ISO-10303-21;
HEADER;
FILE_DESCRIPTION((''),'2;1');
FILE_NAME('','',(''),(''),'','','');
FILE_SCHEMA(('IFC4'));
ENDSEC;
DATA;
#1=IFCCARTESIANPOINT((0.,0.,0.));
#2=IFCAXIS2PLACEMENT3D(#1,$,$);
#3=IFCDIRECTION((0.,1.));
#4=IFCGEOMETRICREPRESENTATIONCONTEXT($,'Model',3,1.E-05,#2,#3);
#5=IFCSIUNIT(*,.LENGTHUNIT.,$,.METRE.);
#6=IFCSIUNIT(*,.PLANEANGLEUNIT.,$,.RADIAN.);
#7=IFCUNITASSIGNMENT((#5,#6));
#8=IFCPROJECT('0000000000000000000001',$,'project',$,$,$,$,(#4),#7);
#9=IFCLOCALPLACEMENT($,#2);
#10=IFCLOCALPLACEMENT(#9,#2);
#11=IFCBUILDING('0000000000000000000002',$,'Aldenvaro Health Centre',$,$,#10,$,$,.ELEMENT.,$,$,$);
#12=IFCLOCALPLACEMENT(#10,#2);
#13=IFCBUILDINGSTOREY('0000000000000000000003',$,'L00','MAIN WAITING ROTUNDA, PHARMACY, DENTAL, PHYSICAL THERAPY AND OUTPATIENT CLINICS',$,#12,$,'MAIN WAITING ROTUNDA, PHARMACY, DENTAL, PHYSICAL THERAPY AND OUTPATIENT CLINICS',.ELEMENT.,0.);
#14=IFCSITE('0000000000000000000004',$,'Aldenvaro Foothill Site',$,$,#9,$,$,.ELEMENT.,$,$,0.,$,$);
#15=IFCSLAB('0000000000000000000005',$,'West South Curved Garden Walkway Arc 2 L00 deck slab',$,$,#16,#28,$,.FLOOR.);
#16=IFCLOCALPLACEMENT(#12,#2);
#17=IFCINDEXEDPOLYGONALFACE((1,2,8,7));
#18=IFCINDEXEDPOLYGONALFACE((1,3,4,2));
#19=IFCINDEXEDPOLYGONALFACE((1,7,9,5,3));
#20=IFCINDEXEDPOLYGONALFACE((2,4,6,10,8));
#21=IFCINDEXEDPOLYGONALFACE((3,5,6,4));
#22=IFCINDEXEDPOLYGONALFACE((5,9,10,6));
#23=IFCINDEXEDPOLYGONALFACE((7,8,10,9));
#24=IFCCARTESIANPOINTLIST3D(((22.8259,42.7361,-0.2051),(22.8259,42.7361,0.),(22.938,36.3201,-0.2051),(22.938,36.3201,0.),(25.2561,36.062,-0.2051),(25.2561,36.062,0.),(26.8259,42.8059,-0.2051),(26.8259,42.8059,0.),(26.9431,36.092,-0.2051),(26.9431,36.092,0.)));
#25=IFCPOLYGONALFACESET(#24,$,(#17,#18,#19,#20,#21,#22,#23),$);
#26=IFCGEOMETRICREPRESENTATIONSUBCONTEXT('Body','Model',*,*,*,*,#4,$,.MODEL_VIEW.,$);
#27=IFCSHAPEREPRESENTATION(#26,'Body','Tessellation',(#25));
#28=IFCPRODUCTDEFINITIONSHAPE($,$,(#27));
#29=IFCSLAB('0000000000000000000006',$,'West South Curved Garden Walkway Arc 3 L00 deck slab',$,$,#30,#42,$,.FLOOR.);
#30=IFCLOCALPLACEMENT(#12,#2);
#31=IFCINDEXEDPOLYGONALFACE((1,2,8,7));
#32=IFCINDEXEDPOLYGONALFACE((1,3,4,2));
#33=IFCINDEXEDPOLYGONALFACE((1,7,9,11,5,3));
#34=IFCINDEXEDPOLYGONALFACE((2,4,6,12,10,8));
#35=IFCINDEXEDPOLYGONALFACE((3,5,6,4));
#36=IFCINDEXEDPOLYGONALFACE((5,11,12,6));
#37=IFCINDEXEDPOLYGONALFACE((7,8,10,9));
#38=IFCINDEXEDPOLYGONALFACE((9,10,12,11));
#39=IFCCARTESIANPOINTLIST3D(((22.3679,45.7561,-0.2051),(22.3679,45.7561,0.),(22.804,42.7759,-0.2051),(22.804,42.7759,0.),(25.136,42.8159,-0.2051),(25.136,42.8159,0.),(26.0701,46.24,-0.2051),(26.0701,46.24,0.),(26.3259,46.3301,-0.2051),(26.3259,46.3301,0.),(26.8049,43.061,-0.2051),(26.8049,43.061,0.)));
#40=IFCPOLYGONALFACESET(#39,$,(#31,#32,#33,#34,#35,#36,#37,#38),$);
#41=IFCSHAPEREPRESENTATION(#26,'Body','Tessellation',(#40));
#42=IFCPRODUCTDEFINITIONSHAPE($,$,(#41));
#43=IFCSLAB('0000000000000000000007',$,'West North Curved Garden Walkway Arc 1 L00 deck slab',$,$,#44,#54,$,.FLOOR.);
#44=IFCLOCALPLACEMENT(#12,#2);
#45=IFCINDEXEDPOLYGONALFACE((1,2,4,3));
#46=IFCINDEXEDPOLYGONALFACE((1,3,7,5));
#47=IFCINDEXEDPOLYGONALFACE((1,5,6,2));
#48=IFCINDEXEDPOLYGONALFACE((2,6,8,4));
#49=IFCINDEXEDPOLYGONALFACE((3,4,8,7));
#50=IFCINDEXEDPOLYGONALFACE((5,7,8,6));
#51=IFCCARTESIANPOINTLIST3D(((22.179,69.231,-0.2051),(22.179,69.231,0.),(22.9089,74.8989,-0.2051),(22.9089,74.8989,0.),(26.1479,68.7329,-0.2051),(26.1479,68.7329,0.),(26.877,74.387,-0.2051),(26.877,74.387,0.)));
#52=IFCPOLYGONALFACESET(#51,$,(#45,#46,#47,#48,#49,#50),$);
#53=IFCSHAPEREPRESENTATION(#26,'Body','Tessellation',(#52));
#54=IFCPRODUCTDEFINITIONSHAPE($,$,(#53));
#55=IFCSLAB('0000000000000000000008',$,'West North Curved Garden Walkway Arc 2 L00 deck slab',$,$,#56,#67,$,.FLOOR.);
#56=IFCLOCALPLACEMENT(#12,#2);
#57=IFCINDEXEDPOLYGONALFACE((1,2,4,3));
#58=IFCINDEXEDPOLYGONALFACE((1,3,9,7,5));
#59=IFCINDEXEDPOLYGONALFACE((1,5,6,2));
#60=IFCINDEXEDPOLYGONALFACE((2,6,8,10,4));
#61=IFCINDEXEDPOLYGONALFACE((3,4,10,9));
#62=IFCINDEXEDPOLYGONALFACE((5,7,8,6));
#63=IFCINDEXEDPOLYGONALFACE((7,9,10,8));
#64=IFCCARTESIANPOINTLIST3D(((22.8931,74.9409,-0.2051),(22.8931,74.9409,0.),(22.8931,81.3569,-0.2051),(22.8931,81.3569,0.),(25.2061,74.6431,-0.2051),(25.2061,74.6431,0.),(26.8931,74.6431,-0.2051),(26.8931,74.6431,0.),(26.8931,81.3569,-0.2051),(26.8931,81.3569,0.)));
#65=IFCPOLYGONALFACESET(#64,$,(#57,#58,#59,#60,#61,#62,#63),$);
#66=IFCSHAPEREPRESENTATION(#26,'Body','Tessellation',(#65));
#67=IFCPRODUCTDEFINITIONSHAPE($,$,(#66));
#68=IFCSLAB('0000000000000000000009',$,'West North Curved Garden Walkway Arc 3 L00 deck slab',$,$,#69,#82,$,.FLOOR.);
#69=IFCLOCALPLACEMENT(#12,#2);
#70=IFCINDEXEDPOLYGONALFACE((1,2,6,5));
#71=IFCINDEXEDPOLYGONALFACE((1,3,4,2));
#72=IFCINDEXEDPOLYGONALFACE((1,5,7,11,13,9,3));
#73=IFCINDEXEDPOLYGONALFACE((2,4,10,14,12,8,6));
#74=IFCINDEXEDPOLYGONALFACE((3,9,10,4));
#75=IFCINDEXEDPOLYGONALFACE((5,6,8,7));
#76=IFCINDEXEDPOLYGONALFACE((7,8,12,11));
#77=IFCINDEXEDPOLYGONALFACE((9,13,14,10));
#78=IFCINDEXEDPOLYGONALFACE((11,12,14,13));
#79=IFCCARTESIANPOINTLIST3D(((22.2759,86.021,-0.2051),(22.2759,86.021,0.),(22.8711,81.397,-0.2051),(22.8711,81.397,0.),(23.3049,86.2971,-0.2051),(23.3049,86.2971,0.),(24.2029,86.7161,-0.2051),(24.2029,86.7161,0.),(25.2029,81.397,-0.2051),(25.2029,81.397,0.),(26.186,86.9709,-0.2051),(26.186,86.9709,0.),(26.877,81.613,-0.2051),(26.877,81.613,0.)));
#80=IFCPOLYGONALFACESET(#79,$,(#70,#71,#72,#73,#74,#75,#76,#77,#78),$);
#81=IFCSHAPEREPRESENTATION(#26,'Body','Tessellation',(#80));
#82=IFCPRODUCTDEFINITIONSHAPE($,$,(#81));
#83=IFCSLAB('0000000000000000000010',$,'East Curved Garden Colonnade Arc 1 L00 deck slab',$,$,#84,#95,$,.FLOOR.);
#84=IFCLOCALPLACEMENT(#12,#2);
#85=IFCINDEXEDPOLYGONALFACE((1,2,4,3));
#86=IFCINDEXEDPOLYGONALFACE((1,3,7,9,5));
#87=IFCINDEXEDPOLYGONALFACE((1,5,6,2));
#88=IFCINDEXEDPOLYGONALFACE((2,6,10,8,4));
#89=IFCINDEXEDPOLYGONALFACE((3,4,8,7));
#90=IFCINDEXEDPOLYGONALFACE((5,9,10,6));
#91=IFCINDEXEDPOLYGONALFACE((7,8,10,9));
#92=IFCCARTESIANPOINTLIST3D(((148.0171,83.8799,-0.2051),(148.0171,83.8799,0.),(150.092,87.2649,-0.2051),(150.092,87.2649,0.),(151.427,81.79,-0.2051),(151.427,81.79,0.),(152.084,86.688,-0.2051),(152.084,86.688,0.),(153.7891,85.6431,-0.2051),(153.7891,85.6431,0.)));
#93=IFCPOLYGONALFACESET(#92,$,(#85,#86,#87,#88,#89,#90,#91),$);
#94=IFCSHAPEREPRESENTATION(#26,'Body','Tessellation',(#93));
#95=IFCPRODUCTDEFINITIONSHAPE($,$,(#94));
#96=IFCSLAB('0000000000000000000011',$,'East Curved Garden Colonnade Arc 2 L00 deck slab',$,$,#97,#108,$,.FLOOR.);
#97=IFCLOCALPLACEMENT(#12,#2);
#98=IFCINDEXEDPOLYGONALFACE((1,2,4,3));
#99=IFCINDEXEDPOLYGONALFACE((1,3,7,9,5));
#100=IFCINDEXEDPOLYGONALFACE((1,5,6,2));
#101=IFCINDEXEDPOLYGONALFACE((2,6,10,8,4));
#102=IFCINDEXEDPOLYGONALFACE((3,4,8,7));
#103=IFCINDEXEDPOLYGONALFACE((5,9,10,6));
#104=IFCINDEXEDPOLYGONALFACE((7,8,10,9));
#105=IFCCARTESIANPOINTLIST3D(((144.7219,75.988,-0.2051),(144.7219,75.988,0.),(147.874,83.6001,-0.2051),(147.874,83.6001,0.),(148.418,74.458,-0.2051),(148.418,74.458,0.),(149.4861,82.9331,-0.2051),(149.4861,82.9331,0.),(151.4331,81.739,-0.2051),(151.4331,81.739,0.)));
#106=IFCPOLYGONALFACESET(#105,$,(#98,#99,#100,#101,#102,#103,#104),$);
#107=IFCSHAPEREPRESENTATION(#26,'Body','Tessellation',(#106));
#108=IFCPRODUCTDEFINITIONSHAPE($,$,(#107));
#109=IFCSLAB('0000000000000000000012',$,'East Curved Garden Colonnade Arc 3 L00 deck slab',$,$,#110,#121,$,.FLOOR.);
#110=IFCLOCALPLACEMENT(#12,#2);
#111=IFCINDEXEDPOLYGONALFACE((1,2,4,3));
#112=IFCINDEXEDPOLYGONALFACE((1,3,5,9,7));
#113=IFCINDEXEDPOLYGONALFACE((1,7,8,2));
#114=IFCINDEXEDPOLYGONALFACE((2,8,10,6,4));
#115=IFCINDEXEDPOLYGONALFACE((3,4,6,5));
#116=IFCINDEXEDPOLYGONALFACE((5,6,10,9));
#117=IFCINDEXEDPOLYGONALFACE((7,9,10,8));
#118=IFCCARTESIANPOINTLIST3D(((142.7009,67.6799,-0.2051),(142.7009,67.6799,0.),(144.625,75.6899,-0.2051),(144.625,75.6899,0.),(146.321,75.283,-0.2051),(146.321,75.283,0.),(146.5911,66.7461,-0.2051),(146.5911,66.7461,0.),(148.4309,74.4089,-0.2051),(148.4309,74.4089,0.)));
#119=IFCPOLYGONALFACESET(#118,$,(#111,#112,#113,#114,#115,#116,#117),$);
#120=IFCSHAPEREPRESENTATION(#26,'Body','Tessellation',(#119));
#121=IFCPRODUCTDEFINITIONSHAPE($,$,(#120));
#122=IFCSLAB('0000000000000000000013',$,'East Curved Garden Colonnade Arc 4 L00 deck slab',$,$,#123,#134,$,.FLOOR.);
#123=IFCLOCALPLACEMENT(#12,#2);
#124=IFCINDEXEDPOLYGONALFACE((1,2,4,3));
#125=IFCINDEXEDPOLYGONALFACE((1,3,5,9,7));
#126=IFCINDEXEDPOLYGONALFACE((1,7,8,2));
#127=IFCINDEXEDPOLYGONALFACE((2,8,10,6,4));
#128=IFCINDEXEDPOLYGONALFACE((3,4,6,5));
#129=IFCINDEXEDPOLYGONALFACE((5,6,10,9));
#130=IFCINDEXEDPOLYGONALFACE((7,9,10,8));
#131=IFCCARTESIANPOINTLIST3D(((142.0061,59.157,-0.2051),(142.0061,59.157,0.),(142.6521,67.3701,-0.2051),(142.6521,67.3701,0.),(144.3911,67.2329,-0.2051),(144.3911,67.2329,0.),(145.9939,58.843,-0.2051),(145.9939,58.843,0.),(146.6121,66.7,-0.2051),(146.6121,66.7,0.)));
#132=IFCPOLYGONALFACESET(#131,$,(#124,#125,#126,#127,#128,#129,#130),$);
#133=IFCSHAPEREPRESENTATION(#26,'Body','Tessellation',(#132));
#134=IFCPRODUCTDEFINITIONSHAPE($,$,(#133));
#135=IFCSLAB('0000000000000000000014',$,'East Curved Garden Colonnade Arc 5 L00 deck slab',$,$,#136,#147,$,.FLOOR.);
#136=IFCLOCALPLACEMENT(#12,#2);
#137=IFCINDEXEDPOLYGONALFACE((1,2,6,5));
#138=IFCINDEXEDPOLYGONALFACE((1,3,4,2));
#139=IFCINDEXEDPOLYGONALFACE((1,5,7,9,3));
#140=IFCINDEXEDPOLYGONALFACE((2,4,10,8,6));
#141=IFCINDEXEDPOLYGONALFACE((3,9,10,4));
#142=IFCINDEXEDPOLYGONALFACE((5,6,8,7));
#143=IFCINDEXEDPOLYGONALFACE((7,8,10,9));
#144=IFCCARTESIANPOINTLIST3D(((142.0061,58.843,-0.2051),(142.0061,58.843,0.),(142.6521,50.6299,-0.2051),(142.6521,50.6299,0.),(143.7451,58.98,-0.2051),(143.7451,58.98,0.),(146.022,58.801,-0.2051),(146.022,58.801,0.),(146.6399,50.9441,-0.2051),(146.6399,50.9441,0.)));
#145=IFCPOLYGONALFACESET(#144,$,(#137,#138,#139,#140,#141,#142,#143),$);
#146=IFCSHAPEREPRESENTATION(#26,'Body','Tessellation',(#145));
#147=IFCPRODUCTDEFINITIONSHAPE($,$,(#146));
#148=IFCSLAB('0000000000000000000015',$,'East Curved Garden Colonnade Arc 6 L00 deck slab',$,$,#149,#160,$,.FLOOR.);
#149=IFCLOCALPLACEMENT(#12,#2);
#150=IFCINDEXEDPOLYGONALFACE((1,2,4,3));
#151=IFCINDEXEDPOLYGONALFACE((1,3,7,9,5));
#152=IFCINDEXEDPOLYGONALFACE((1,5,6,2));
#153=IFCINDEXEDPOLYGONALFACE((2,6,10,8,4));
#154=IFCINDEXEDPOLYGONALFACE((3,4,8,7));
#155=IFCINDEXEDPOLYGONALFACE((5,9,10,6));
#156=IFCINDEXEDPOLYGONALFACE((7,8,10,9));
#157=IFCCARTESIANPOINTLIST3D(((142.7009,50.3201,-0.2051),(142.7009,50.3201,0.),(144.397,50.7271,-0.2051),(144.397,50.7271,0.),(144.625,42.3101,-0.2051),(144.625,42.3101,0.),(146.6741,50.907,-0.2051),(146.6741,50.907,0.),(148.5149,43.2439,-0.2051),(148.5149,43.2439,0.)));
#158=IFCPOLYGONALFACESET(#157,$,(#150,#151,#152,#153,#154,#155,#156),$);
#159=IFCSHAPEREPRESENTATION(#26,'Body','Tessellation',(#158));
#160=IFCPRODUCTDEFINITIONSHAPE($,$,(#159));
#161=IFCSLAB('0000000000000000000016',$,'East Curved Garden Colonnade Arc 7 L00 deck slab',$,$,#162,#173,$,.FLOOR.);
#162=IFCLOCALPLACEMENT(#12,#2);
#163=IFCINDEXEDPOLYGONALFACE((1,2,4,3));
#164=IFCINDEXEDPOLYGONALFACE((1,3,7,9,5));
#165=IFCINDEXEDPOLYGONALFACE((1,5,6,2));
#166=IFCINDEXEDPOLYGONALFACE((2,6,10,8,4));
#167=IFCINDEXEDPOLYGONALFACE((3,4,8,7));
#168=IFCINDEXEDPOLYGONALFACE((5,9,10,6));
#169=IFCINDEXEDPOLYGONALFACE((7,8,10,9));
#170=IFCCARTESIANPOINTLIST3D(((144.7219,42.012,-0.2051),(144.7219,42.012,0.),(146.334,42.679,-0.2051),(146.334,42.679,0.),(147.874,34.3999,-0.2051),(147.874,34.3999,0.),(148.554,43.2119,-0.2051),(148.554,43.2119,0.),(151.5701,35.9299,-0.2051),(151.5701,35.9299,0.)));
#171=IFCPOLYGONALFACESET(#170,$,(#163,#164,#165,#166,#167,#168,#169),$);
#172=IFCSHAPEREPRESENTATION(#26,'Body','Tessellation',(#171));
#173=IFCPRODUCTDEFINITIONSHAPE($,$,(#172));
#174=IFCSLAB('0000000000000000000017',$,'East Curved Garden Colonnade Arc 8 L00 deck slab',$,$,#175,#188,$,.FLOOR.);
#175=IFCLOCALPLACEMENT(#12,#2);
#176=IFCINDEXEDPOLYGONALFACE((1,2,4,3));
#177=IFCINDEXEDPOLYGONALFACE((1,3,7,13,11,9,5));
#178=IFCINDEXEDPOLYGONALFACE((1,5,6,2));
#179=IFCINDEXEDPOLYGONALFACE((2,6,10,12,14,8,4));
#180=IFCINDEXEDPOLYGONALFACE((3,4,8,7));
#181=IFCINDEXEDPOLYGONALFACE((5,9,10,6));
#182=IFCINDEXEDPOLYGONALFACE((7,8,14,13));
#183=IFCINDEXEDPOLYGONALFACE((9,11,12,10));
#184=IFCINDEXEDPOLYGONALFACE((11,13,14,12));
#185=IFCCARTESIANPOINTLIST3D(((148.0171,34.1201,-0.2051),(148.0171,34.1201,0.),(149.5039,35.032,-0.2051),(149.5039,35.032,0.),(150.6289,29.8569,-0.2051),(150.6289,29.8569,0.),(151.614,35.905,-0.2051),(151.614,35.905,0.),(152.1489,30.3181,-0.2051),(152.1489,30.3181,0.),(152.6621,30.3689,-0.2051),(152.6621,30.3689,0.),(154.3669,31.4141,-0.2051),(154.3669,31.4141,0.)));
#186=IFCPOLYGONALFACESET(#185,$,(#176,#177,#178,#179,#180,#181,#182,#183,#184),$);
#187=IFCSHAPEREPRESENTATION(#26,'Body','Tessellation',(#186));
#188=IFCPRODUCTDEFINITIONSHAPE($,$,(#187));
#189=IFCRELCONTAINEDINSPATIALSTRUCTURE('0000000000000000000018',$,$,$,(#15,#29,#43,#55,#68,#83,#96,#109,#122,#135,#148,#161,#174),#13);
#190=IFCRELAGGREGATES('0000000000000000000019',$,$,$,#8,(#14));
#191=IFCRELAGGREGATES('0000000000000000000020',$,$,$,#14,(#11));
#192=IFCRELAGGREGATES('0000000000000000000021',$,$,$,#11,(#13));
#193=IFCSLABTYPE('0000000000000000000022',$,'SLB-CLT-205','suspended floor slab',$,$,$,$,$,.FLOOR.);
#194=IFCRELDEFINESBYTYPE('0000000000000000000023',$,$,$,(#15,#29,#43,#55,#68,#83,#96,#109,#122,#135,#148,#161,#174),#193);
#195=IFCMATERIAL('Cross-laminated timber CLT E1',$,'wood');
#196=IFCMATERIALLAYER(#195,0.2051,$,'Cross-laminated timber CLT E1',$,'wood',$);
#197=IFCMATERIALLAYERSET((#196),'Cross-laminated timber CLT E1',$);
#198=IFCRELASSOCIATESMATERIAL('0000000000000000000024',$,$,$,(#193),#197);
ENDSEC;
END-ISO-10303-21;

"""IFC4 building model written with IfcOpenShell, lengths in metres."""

from ifc_helpers import new_model, si_unit, direction, frame, origin, place, context, subcontext, project, spatial, polyline, outline, extrude, material, layer, layer_set, type_object, element, save


model = new_model("IFC4")

# Units and contexts
model_context = context("Model", 3, precision=1e-05, world=origin(), true_north=direction((0.0, 1.0)))
body_context = subcontext(model_context, "Body", "Model", "MODEL_VIEW")
ifc_project = project(units=[si_unit("LENGTHUNIT", "METRE"), si_unit("PLANEANGLEUNIT", "RADIAN")], contexts=[model_context])

# Site, building, storey
site_placement = place(None, origin())
site = spatial("IfcSite", under=ifc_project, at=site_placement, Name="Aldenvaro Foothill Site", CompositionType="ELEMENT", RefElevation=0.0)
building_placement = place(site_placement, origin())
building = spatial("IfcBuilding", under=site, at=building_placement, Name="Aldenvaro Health Centre", CompositionType="ELEMENT")
storey_placement = place(building_placement, origin())
storey = spatial("IfcBuildingStorey", under=building, at=storey_placement, Name="L00", Description="MAIN WAITING ROTUNDA, PHARMACY, DENTAL, PHYSICAL THERAPY AND OUTPATIENT CLINICS", LongName="MAIN WAITING ROTUNDA, PHARMACY, DENTAL, PHYSICAL THERAPY AND OUTPATIENT CLINICS", CompositionType="ELEMENT", Elevation=0.0)

# Slabs
ifc_material_1 = material(Name="Cross-laminated timber CLT E1", Category="wood")
ifc_layer_1 = layer(ifc_material_1, 0.2051, Name="Cross-laminated timber CLT E1", Category="wood")
ifc_layer_set_1 = layer_set([ifc_layer_1], Name="Cross-laminated timber CLT E1")
slab_type = type_object("IfcSlabType", Name="SLB-CLT-205", Description="suspended floor slab", PredefinedType="FLOOR", material=ifc_layer_set_1)
slab_1_placement = place(storey_placement, frame((0.0, 0.0, -0.2051)))
element("IfcSlab", 1, at=slab_1_placement, inside=storey, type_object=slab_type, Name="West South Curved Garden Walkway Arc 2 L00 deck slab", PredefinedType="FLOOR", context=body_context, shape_type="SweptSolid", body=[
    extrude(outline(polyline([(22.8259, 42.7361), (26.8259, 42.8059), (26.9431, 36.092), (25.2561, 36.062), (22.938, 36.3201), (22.8259, 42.7361)])), origin(), (0.0, 0.0, 1.0), 0.2051),
])
slab_2_placement = place(storey_placement, frame((0.0, 0.0, -0.2051)))
element("IfcSlab", 2, at=slab_2_placement, inside=storey, type_object=slab_type, Name="West South Curved Garden Walkway Arc 3 L00 deck slab", PredefinedType="FLOOR", context=body_context, shape_type="SweptSolid", body=[
    extrude(outline(polyline([(26.8049, 43.061), (25.136, 42.8159), (22.804, 42.7759), (22.3679, 45.7561), (26.0701, 46.24), (26.3259, 46.3301), (26.8049, 43.061)])), origin(), (0.0, 0.0, 1.0), 0.2051),
])
slab_3_placement = place(storey_placement, frame((0.0, 0.0, -0.2051)))
element("IfcSlab", 3, at=slab_3_placement, inside=storey, type_object=slab_type, Name="West North Curved Garden Walkway Arc 1 L00 deck slab", PredefinedType="FLOOR", context=body_context, shape_type="SweptSolid", body=[
    extrude(outline(polyline([(22.179, 69.231), (22.9089, 74.8989), (26.877, 74.387), (26.1479, 68.7329), (22.179, 69.231)])), origin(), (0.0, 0.0, 1.0), 0.2051),
])
slab_4_placement = place(storey_placement, frame((0.0, 0.0, -0.2051)))
element("IfcSlab", 4, at=slab_4_placement, inside=storey, type_object=slab_type, Name="West North Curved Garden Walkway Arc 2 L00 deck slab", PredefinedType="FLOOR", context=body_context, shape_type="SweptSolid", body=[
    extrude(outline(polyline([(22.8931, 81.3569), (26.8931, 81.3569), (26.8931, 74.6431), (25.2061, 74.6431), (22.8931, 74.9409), (22.8931, 81.3569)])), origin(), (0.0, 0.0, 1.0), 0.2051),
])
slab_5_placement = place(storey_placement, frame((0.0, 0.0, -0.2051)))
element("IfcSlab", 5, at=slab_5_placement, inside=storey, type_object=slab_type, Name="West North Curved Garden Walkway Arc 3 L00 deck slab", PredefinedType="FLOOR", context=body_context, shape_type="SweptSolid", body=[
    extrude(outline(polyline([(26.186, 86.9709), (26.877, 81.613), (25.2029, 81.397), (22.8711, 81.397), (22.2759, 86.021), (23.3049, 86.2971), (24.2029, 86.7161), (26.186, 86.9709)])), origin(), (0.0, 0.0, 1.0), 0.2051),
])
slab_6_placement = place(storey_placement, frame((0.0, 0.0, -0.2051)))
element("IfcSlab", 6, at=slab_6_placement, inside=storey, type_object=slab_type, Name="East Curved Garden Colonnade Arc 1 L00 deck slab", PredefinedType="FLOOR", context=body_context, shape_type="SweptSolid", body=[
    extrude(outline(polyline([(153.7891, 85.6431), (151.427, 81.79), (148.0171, 83.8799), (150.092, 87.2649), (152.084, 86.688), (153.7891, 85.6431)])), origin(), (0.0, 0.0, 1.0), 0.2051),
])
slab_7_placement = place(storey_placement, frame((0.0, 0.0, -0.2051)))
element("IfcSlab", 7, at=slab_7_placement, inside=storey, type_object=slab_type, Name="East Curved Garden Colonnade Arc 2 L00 deck slab", PredefinedType="FLOOR", context=body_context, shape_type="SweptSolid", body=[
    extrude(outline(polyline([(148.418, 74.458), (144.7219, 75.988), (147.874, 83.6001), (149.4861, 82.9331), (151.4331, 81.739), (148.418, 74.458)])), origin(), (0.0, 0.0, 1.0), 0.2051),
])
slab_8_placement = place(storey_placement, frame((0.0, 0.0, -0.2051)))
element("IfcSlab", 8, at=slab_8_placement, inside=storey, type_object=slab_type, Name="East Curved Garden Colonnade Arc 3 L00 deck slab", PredefinedType="FLOOR", context=body_context, shape_type="SweptSolid", body=[
    extrude(outline(polyline([(146.5911, 66.7461), (142.7009, 67.6799), (144.625, 75.6899), (146.321, 75.283), (148.4309, 74.4089), (146.5911, 66.7461)])), origin(), (0.0, 0.0, 1.0), 0.2051),
])
slab_9_placement = place(storey_placement, frame((0.0, 0.0, -0.2051)))
element("IfcSlab", 9, at=slab_9_placement, inside=storey, type_object=slab_type, Name="East Curved Garden Colonnade Arc 4 L00 deck slab", PredefinedType="FLOOR", context=body_context, shape_type="SweptSolid", body=[
    extrude(outline(polyline([(145.9939, 58.843), (142.0061, 59.157), (142.6521, 67.3701), (144.3911, 67.2329), (146.6121, 66.7), (145.9939, 58.843)])), origin(), (0.0, 0.0, 1.0), 0.2051),
])
slab_10_placement = place(storey_placement, frame((0.0, 0.0, -0.2051)))
element("IfcSlab", 10, at=slab_10_placement, inside=storey, type_object=slab_type, Name="East Curved Garden Colonnade Arc 5 L00 deck slab", PredefinedType="FLOOR", context=body_context, shape_type="SweptSolid", body=[
    extrude(outline(polyline([(146.6399, 50.9441), (142.6521, 50.6299), (142.0061, 58.843), (143.7451, 58.98), (146.022, 58.801), (146.6399, 50.9441)])), origin(), (0.0, 0.0, 1.0), 0.2051),
])
slab_11_placement = place(storey_placement, frame((0.0, 0.0, -0.2051)))
element("IfcSlab", 11, at=slab_11_placement, inside=storey, type_object=slab_type, Name="East Curved Garden Colonnade Arc 6 L00 deck slab", PredefinedType="FLOOR", context=body_context, shape_type="SweptSolid", body=[
    extrude(outline(polyline([(148.5149, 43.2439), (144.625, 42.3101), (142.7009, 50.3201), (144.397, 50.7271), (146.6741, 50.907), (148.5149, 43.2439)])), origin(), (0.0, 0.0, 1.0), 0.2051),
])
slab_12_placement = place(storey_placement, frame((0.0, 0.0, -0.2051)))
element("IfcSlab", 12, at=slab_12_placement, inside=storey, type_object=slab_type, Name="East Curved Garden Colonnade Arc 7 L00 deck slab", PredefinedType="FLOOR", context=body_context, shape_type="SweptSolid", body=[
    extrude(outline(polyline([(151.5701, 35.9299), (147.874, 34.3999), (144.7219, 42.012), (146.334, 42.679), (148.554, 43.2119), (151.5701, 35.9299)])), origin(), (0.0, 0.0, 1.0), 0.2051),
])
slab_13_placement = place(storey_placement, frame((0.0, 0.0, -0.2051)))
element("IfcSlab", 13, at=slab_13_placement, inside=storey, type_object=slab_type, Name="East Curved Garden Colonnade Arc 8 L00 deck slab", PredefinedType="FLOOR", context=body_context, shape_type="SweptSolid", body=[
    extrude(outline(polyline([(148.0171, 34.1201), (149.5039, 35.032), (151.614, 35.905), (154.3669, 31.4141), (152.6621, 30.3689), (152.1489, 30.3181), (150.6289, 29.8569), (148.0171, 34.1201)])), origin(), (0.0, 0.0, 1.0), 0.2051),
])

save(model, "model.ifc")
